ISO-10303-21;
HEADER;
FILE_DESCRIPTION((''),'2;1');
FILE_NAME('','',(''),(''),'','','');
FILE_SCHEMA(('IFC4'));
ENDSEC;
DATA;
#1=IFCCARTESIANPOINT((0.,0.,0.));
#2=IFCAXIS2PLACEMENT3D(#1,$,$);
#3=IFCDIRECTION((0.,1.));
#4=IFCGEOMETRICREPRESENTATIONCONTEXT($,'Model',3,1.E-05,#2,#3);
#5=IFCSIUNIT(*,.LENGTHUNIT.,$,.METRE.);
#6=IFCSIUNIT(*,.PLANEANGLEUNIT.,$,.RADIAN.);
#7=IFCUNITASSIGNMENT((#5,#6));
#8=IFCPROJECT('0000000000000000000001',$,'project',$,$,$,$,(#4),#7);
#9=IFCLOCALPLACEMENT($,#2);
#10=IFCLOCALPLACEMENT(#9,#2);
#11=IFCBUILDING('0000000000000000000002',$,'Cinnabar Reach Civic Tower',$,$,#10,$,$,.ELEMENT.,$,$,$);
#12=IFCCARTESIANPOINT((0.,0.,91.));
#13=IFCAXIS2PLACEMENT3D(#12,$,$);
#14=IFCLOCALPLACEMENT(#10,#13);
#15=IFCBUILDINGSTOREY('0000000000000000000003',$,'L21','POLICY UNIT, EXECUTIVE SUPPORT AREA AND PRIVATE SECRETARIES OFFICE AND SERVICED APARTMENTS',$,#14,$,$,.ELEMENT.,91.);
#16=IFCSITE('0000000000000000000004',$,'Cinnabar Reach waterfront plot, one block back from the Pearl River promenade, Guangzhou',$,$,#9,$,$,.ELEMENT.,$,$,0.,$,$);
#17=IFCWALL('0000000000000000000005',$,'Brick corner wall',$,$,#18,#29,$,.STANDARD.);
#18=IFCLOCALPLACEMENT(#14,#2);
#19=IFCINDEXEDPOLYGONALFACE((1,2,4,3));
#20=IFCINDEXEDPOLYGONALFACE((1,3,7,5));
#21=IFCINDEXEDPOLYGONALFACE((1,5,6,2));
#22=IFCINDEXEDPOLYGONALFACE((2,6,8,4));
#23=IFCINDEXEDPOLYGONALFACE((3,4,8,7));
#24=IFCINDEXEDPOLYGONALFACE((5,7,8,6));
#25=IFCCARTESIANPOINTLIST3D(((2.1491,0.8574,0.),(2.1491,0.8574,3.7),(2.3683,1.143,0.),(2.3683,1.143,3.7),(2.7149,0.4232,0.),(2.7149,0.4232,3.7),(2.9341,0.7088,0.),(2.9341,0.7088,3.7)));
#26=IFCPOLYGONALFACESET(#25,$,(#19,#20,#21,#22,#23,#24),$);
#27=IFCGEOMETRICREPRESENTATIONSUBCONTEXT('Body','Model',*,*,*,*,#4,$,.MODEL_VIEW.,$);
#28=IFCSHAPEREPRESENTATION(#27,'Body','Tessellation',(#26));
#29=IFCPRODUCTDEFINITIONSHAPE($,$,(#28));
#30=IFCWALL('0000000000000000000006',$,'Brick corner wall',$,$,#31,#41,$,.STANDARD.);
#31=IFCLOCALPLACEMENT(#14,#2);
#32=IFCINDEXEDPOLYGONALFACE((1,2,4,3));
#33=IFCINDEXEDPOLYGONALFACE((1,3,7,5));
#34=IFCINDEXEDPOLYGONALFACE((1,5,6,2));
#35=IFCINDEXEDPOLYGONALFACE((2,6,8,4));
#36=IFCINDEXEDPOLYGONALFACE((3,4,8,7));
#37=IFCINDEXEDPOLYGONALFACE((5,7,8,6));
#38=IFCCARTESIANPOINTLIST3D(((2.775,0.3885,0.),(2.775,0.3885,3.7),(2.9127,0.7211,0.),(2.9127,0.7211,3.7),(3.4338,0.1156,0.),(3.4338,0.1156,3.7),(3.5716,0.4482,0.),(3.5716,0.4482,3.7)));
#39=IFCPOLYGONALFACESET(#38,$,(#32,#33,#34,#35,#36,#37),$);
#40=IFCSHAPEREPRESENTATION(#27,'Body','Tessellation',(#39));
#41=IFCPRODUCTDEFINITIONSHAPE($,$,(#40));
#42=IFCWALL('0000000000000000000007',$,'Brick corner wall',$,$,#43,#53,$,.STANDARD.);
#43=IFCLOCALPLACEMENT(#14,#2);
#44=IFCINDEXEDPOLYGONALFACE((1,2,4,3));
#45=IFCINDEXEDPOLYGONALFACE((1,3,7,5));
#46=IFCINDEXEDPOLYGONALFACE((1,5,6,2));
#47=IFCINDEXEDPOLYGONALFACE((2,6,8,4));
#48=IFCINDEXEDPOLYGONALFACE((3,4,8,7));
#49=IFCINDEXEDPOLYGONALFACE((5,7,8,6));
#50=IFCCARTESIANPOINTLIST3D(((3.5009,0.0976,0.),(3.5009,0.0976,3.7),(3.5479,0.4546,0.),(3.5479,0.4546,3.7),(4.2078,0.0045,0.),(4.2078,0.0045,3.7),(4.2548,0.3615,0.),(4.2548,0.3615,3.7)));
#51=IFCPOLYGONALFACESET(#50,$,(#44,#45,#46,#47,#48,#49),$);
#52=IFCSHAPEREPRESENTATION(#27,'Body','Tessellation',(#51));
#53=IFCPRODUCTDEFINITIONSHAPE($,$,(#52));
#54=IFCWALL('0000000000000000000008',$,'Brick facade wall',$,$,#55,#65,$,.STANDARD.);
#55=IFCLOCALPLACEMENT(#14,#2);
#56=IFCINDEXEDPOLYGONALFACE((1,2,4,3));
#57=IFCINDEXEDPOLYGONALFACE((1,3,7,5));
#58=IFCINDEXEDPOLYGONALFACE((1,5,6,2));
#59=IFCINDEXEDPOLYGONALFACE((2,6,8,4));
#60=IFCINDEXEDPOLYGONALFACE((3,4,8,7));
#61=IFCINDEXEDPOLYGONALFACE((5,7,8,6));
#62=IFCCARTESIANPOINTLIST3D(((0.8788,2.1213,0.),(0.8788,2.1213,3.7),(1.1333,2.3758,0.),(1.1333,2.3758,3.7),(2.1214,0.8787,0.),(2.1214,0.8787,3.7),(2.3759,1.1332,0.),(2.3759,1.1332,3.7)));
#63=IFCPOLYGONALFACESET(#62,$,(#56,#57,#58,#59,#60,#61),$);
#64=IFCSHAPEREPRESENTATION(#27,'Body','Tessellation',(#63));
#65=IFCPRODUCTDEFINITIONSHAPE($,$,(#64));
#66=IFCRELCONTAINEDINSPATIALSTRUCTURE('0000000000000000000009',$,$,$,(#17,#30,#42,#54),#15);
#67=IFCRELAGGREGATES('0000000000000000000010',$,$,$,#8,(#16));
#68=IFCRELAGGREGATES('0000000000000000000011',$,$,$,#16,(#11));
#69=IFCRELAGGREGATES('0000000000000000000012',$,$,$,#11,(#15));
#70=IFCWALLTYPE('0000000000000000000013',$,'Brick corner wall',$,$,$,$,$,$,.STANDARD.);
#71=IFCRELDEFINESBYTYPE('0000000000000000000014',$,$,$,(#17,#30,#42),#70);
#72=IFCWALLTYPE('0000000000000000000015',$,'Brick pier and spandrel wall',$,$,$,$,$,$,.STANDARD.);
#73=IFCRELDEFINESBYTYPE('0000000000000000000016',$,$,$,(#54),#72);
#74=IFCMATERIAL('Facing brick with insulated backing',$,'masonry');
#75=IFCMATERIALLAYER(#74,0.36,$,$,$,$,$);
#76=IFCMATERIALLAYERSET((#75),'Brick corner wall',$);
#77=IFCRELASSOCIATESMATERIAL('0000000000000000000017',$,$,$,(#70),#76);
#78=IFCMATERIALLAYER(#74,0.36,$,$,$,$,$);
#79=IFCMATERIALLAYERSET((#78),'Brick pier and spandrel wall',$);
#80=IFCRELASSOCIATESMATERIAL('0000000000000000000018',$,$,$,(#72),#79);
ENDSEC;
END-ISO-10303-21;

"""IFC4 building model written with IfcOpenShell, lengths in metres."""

from ifc_helpers import new_model, si_unit, direction, frame, frame_2d, origin, place, context, subcontext, project, spatial, rectangle, extrude, material, layer, layer_set, type_object, element, save


model = new_model("IFC4")

# Units and contexts
model_context = context("Model", 3, precision=1e-05, world=origin(), true_north=direction((0.0, 1.0)))
body_context = subcontext(model_context, "Body", "Model", "MODEL_VIEW")
ifc_project = project(units=[si_unit("LENGTHUNIT", "METRE"), si_unit("PLANEANGLEUNIT", "RADIAN")], contexts=[model_context])

# Site, building, storey
site_placement = place(None, origin())
site = spatial("IfcSite", under=ifc_project, at=site_placement, Name="Cinnabar Reach waterfront plot, one block back from the Pearl River promenade, Guangzhou", CompositionType="ELEMENT", RefElevation=0.0)
building_placement = place(site_placement, origin())
building = spatial("IfcBuilding", under=site, at=building_placement, Name="Cinnabar Reach Civic Tower", CompositionType="ELEMENT")
storey_placement = place(building_placement, frame((0.0, 0.0, 91.0)))
storey = spatial("IfcBuildingStorey", under=building, at=storey_placement, Name="L21", Description="POLICY UNIT, EXECUTIVE SUPPORT AREA AND PRIVATE SECRETARIES OFFICE AND SERVICED APARTMENTS", CompositionType="ELEMENT", Elevation=91.0)

# Walls
ifc_material_1 = material(Name="Facing brick with insulated backing", Category="masonry")
ifc_layer_1 = layer(ifc_material_1, 0.36)
ifc_layer_set_1 = layer_set([ifc_layer_1], Name="Brick corner wall")
wall_type_1 = type_object("IfcWallType", Name="Brick corner wall", PredefinedType="STANDARD", material=ifc_layer_set_1)
wall_1_placement = place(storey_placement, frame((2.2587, 1.0002, 0.0), z_axis=(0.0, 0.0, 1.0), x_axis=(0.793322, -0.608802, 0.0)))
element("IfcWall", 1, at=wall_1_placement, inside=storey, type_object=wall_type_1, Name="Brick corner wall", PredefinedType="STANDARD", context=body_context, shape_type="SweptSolid", body=[
    extrude(rectangle(XDim=0.7132, YDim=0.36, at=frame_2d((0.3566, 0.0))), origin(), (0.0, 0.0, 1.0), 3.7),
])
for number, where, z_axis, x_axis, name in (
    (2, (2.8439, 0.5548, 0.0), (0.0, 0.0, 1.0), (0.923872, -0.382703, 0.0), "Brick corner wall"),
    (3, (3.5244, 0.2761, 0.0), (0.0, 0.0, 1.0), (0.991441, -0.130556, 0.0), "Brick corner wall"),
):
    element("IfcWall", number, at=place(storey_placement, frame(where, z_axis=z_axis, x_axis=x_axis)), inside=storey, type_object=wall_type_1, Name=name, PredefinedType="STANDARD", context=body_context, shape_type="SweptSolid", body=[
        extrude(rectangle(XDim=0.7131, YDim=0.36, at=frame_2d((0.3565, 0.0))), origin(), (0.0, 0.0, 1.0), 3.7),
    ])

# Shared definitions
ifc_layer_2 = layer(ifc_material_1, 0.36)
ifc_layer_set_2 = layer_set([ifc_layer_2], Name="Brick pier and spandrel wall")
wall_type_2 = type_object("IfcWallType", Name="Brick pier and spandrel wall", PredefinedType="STANDARD", material=ifc_layer_set_2)

# Wall
wall_2_placement = place(storey_placement, frame((1.006, 2.2486, 0.0), z_axis=(0.0, 0.0, 1.0), x_axis=(0.707107, -0.707107, 0.0)))
element("IfcWall", 4, at=wall_2_placement, inside=storey, type_object=wall_type_2, Name="Brick facade wall", PredefinedType="STANDARD", context=body_context, shape_type="SweptSolid", body=[
    extrude(rectangle(XDim=1.7573, YDim=0.36, at=frame_2d((0.8787, 0.0))), origin(), (0.0, 0.0, 1.0), 3.7),
])

save(model, "model.ifc")
